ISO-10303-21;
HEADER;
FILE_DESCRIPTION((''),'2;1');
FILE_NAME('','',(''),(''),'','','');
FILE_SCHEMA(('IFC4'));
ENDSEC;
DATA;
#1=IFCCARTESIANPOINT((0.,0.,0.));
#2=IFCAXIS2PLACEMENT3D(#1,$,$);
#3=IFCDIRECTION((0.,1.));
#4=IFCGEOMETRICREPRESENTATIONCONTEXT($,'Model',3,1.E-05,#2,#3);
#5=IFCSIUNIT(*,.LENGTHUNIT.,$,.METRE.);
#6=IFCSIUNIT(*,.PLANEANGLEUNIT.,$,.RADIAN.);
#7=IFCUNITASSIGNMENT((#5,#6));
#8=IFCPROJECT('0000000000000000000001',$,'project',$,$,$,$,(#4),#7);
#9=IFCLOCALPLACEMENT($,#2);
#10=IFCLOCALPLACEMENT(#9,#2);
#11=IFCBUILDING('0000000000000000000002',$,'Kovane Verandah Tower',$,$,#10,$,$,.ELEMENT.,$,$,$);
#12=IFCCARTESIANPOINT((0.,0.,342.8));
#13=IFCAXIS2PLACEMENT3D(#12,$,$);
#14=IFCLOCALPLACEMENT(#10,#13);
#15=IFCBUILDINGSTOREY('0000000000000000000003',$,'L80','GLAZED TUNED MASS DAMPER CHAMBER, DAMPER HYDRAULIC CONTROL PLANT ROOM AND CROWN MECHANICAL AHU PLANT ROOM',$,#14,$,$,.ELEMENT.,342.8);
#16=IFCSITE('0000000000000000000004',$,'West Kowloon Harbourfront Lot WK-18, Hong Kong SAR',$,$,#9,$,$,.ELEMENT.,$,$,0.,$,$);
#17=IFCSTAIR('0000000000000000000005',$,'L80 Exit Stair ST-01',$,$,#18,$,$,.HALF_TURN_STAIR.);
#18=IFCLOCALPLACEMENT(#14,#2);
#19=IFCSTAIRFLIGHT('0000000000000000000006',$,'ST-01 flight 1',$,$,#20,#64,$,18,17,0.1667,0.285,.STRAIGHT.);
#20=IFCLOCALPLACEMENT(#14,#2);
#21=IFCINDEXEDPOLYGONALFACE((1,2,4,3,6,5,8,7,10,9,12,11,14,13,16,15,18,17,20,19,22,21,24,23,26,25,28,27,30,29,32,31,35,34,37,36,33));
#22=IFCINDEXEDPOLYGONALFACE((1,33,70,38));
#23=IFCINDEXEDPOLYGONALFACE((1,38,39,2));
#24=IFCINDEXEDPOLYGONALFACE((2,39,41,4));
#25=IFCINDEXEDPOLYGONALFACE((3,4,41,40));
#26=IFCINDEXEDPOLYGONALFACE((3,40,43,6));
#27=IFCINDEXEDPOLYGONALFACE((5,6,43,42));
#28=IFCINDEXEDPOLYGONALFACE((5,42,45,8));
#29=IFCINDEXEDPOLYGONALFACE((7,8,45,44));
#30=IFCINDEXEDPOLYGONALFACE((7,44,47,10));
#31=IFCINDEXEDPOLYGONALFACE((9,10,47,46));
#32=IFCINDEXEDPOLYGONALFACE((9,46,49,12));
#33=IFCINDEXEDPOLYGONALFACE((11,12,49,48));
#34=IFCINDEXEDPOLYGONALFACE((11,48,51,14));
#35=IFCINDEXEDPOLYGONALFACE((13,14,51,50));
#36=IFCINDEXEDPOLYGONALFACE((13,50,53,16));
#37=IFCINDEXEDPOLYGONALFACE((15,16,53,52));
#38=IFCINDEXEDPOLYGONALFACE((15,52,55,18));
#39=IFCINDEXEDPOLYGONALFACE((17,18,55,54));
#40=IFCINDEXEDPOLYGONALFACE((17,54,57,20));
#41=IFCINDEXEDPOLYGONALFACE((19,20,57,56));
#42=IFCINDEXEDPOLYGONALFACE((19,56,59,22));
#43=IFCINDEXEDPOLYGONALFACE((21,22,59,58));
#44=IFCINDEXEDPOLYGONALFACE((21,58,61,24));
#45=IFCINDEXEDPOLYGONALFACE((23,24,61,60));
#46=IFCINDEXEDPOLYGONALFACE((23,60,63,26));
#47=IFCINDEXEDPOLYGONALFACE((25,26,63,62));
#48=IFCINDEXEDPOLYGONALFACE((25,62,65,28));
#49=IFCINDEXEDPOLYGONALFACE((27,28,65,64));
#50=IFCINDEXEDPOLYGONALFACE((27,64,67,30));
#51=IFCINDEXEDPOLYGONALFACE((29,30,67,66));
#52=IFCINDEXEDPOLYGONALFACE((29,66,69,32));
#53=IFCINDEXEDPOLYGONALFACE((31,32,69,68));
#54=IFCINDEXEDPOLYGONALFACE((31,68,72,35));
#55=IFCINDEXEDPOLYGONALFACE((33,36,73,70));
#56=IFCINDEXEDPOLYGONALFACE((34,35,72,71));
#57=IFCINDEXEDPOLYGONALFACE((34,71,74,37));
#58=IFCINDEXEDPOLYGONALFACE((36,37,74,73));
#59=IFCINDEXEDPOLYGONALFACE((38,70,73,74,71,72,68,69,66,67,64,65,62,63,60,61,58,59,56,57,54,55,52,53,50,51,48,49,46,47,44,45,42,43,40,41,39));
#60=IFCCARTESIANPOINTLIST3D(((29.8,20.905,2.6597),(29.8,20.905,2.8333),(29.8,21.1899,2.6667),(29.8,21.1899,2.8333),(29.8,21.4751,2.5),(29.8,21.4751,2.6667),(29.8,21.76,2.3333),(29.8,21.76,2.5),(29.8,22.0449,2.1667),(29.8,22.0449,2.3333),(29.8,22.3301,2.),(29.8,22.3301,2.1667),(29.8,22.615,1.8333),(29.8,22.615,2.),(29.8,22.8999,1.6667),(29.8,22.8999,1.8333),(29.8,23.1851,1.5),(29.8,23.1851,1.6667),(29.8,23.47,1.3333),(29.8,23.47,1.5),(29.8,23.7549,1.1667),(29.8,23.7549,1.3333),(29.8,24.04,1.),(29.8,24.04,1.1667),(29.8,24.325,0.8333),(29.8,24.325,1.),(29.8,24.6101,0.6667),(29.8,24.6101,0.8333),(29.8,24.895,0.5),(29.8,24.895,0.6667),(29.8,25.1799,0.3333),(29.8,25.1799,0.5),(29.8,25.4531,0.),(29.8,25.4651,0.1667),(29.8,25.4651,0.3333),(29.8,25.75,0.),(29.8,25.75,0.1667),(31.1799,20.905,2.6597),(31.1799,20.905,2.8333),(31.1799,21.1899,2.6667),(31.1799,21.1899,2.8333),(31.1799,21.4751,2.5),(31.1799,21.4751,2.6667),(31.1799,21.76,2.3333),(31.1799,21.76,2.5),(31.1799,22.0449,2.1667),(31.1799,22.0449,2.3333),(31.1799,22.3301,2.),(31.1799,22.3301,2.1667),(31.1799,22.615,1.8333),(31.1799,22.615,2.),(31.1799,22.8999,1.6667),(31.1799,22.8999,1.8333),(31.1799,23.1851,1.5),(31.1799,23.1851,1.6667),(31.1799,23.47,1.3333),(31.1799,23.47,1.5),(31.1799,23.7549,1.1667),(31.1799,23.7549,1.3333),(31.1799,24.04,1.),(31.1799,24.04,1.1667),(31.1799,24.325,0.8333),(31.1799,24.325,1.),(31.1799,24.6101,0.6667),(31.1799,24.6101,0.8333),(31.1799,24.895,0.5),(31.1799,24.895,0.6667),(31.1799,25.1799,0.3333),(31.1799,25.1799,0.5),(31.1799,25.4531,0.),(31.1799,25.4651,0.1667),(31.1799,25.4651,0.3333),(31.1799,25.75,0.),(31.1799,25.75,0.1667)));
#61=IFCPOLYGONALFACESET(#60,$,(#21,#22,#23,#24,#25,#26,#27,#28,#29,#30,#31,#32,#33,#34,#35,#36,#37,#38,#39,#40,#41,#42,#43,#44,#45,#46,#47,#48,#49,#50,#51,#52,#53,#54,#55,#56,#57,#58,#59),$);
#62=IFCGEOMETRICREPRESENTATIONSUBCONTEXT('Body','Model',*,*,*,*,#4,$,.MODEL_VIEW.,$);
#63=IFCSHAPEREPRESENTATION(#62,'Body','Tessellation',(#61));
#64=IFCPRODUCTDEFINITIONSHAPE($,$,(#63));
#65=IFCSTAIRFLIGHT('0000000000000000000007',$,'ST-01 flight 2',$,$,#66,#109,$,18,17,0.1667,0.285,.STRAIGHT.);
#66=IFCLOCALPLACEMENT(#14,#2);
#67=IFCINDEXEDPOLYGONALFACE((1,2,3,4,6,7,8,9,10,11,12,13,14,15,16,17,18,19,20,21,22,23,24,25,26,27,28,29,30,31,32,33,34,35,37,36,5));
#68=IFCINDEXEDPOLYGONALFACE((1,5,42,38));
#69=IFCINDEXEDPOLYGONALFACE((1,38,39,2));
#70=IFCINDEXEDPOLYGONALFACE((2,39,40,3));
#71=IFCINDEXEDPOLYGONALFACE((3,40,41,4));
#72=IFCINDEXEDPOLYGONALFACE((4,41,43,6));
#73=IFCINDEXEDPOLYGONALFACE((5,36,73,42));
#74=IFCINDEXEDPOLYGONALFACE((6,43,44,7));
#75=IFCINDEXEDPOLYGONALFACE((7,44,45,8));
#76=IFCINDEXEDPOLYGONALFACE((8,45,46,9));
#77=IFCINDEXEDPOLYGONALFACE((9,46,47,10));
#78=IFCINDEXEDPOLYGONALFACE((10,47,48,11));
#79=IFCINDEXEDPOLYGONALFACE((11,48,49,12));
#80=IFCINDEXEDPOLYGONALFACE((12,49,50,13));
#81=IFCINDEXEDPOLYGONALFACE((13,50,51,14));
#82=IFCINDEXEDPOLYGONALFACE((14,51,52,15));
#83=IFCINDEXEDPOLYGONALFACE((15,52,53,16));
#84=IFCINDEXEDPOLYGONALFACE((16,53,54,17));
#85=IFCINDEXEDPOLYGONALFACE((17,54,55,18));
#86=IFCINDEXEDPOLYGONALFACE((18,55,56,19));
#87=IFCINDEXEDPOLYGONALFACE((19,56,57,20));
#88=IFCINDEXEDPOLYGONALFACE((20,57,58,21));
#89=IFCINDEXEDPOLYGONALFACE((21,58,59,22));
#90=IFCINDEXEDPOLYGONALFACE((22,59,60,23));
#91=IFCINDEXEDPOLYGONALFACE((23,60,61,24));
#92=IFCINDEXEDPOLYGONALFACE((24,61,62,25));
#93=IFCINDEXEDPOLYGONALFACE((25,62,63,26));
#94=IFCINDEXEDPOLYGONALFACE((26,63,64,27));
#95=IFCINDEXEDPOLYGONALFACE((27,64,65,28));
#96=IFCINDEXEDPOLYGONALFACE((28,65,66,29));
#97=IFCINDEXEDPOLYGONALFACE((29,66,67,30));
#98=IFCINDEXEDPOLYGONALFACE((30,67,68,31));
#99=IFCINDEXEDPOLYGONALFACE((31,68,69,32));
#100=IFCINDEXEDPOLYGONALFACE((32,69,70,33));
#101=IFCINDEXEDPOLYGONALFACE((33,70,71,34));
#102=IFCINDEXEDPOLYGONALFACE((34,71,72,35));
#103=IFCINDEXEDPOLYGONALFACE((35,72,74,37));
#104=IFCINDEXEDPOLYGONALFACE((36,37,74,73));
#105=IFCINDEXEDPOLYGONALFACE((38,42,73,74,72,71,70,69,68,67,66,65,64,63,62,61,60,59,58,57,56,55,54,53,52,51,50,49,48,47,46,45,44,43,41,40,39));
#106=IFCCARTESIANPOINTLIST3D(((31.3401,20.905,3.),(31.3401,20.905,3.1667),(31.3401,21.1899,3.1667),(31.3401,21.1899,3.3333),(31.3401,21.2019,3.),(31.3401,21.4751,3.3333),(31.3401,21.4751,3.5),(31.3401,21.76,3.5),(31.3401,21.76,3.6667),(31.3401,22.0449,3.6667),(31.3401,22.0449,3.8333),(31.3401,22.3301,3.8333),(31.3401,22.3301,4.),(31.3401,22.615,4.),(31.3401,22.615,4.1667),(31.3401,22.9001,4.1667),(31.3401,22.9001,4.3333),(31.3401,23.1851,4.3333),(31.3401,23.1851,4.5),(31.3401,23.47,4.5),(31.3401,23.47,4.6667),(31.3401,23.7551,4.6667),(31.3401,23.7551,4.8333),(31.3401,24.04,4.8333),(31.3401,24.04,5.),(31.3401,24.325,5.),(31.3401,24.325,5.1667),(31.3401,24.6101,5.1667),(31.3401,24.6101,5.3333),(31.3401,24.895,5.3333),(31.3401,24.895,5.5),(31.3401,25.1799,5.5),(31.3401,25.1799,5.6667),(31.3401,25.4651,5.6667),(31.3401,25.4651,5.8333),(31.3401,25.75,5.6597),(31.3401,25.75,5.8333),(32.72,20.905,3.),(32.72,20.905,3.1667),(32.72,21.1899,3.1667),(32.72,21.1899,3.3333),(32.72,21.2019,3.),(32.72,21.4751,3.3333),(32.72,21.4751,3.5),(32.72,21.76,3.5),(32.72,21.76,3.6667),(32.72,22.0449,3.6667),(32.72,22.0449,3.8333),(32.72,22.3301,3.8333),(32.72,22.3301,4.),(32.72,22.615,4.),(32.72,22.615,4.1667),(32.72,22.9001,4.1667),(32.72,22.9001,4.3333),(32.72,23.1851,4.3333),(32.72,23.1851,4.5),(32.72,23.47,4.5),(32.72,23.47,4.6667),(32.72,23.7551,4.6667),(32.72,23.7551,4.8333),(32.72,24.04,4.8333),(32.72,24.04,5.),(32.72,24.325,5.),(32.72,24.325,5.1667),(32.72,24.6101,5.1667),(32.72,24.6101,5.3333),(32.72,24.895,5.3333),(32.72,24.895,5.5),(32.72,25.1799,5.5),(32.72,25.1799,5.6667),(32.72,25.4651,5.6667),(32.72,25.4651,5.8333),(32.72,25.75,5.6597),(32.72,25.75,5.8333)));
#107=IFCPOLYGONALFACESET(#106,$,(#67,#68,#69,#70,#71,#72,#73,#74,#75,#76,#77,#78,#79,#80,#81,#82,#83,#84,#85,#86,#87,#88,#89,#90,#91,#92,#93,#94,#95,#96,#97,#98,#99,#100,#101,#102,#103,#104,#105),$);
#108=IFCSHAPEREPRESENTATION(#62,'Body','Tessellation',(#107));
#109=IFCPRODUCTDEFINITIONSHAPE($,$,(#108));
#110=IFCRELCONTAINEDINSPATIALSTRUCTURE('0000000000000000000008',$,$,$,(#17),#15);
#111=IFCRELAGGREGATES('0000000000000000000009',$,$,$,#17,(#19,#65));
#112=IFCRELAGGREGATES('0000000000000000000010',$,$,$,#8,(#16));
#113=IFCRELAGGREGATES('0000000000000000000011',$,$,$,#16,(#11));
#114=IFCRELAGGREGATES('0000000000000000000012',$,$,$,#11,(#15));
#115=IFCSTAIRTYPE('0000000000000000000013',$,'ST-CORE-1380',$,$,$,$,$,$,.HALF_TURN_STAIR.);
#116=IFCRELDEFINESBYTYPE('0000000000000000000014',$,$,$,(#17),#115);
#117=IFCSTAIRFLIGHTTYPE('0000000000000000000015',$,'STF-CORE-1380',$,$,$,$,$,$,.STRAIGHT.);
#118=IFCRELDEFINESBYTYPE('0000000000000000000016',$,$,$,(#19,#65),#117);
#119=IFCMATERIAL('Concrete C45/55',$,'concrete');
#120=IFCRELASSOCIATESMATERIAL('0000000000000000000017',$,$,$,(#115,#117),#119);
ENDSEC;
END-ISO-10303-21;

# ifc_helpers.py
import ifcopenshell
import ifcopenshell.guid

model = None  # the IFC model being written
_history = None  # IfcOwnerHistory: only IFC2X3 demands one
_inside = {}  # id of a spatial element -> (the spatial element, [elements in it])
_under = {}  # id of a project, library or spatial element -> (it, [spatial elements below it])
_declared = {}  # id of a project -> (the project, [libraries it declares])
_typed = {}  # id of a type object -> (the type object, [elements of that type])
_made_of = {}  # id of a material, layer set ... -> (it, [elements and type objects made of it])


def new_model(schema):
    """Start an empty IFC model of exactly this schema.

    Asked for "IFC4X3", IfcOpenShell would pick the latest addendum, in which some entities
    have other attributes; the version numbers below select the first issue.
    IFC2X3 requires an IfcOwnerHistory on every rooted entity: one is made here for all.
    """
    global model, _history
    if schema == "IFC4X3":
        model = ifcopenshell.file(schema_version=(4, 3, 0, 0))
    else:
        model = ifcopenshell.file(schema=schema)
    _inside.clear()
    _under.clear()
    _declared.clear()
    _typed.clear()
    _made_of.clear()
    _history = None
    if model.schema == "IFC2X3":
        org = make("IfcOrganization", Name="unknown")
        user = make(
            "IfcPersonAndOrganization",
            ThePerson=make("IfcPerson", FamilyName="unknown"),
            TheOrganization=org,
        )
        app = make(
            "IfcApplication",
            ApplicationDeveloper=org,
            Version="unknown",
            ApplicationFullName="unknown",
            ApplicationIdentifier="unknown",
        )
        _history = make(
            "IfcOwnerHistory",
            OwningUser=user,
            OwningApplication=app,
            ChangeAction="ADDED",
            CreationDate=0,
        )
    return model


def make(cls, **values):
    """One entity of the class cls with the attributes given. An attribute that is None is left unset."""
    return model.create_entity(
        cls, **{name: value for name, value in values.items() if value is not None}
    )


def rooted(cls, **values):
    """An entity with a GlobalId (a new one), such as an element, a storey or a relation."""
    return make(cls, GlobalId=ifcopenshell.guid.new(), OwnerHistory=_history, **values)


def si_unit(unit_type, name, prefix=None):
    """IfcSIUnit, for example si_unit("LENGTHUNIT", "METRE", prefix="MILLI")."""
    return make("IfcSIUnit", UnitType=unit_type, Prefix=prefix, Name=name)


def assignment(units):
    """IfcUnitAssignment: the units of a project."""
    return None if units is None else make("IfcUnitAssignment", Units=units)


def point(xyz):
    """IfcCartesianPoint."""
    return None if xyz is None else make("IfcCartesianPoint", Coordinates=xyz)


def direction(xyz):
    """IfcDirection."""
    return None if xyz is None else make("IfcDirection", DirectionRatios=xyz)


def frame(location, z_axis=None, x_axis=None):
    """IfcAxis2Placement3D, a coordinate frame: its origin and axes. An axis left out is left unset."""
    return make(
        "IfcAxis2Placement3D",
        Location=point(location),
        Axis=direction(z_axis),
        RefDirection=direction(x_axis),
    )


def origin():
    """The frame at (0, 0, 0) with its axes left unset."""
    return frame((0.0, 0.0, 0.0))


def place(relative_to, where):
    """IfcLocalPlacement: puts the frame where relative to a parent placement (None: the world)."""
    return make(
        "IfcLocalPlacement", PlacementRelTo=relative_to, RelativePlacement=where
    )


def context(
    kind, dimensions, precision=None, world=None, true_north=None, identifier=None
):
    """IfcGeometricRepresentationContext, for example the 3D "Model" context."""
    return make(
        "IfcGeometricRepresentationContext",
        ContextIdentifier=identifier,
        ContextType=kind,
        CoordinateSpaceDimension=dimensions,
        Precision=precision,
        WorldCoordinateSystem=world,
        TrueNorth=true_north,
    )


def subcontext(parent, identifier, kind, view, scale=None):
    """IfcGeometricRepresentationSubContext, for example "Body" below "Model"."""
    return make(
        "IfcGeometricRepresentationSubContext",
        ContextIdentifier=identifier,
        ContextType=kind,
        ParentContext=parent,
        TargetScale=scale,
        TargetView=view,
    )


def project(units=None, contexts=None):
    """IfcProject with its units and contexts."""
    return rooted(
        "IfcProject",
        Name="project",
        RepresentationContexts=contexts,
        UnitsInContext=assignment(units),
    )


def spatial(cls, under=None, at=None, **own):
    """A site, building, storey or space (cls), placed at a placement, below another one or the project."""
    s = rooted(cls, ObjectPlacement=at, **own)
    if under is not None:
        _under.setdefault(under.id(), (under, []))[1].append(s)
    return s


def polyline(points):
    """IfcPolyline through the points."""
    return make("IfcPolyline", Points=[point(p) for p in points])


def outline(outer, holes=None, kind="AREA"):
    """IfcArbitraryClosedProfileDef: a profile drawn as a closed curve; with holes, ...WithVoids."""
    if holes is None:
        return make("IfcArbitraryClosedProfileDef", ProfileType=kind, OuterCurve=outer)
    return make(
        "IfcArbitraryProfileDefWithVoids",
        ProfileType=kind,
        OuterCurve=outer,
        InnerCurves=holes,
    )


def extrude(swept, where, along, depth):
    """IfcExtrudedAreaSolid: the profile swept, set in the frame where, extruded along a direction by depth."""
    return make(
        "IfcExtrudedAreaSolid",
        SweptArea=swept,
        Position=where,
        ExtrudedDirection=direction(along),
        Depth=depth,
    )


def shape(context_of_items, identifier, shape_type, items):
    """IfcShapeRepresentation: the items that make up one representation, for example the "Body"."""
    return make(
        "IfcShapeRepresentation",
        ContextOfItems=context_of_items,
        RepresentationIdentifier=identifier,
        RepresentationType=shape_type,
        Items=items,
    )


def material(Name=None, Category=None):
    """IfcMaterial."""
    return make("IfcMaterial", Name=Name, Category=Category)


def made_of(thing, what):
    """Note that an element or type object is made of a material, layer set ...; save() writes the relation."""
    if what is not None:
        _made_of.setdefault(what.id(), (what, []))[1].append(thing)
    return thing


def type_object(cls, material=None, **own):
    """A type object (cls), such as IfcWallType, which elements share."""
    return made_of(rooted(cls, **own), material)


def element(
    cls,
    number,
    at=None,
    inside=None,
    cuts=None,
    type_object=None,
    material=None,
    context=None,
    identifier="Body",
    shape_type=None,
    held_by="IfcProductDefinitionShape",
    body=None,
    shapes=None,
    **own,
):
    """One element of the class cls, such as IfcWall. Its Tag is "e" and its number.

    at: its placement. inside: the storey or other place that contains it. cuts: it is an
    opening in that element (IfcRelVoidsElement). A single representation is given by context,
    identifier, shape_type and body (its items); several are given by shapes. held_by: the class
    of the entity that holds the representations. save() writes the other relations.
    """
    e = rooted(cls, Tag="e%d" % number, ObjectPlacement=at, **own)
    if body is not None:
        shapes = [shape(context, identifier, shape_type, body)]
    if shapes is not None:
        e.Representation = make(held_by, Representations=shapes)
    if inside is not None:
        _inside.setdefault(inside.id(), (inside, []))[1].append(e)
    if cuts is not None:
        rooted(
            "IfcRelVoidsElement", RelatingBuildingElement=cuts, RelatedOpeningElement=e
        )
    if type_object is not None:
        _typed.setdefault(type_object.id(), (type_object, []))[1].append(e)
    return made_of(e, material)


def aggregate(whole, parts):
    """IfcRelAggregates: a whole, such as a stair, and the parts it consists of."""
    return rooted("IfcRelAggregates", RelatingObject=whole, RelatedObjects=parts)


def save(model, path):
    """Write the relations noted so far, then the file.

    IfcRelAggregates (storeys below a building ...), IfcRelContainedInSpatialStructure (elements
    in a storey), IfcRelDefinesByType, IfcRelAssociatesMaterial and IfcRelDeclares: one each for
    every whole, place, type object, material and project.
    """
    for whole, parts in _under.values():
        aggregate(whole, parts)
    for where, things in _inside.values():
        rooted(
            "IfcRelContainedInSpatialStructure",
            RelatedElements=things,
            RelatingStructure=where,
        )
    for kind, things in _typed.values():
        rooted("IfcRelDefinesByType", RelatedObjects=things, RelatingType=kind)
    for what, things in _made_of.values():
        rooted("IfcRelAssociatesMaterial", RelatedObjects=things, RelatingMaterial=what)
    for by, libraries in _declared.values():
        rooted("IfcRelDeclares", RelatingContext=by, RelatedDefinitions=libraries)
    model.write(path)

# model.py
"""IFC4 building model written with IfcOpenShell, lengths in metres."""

from ifc_helpers import new_model, si_unit, direction, frame, origin, place, context, subcontext, project, spatial, polyline, outline, extrude, material, type_object, element, aggregate, save


model = new_model("IFC4")

# Units and contexts
model_context = context("Model", 3, precision=1e-05, world=origin(), true_north=direction((0.0, 1.0)))
body_context = subcontext(model_context, "Body", "Model", "MODEL_VIEW")
ifc_project = project(units=[si_unit("LENGTHUNIT", "METRE"), si_unit("PLANEANGLEUNIT", "RADIAN")], contexts=[model_context])

# Site, building, storey
site_placement = place(None, origin())
site = spatial("IfcSite", under=ifc_project, at=site_placement, Name="West Kowloon Harbourfront Lot WK-18, Hong Kong SAR", CompositionType="ELEMENT", RefElevation=0.0)
building_placement = place(site_placement, origin())
building = spatial("IfcBuilding", under=site, at=building_placement, Name="Kovane Verandah Tower", CompositionType="ELEMENT")
storey_placement = place(building_placement, frame((0.0, 0.0, 342.8)))
storey = spatial("IfcBuildingStorey", under=building, at=storey_placement, Name="L80", Description="GLAZED TUNED MASS DAMPER CHAMBER, DAMPER HYDRAULIC CONTROL PLANT ROOM AND CROWN MECHANICAL AHU PLANT ROOM", CompositionType="ELEMENT", Elevation=342.8)

# Shared definitions
ifc_material_1 = material(Name="Concrete C45/55", Category="concrete")

# Stair, stair flights
stair_type = type_object("IfcStairType", Name="ST-CORE-1380", PredefinedType="HALF_TURN_STAIR", material=ifc_material_1)
stair_placement = place(storey_placement, origin())
stair = element("IfcStair", 1, at=stair_placement, inside=storey, type_object=stair_type, Name="L80 Exit Stair ST-01", PredefinedType="HALF_TURN_STAIR")
stair_flight_type = type_object("IfcStairFlightType", Name="STF-CORE-1380", PredefinedType="STRAIGHT", material=ifc_material_1)
stair_flight_1_placement = place(storey_placement, frame((30.49, 25.75, 0.0), z_axis=(0.0, 0.0, 1.0), x_axis=(0.0, -1.0, 0.0)))
stair_flight_1 = element("IfcStairFlight", 2, at=stair_flight_1_placement, type_object=stair_flight_type, Name="ST-01 flight 1", NumberOfRisers=18, NumberOfTreads=17, PredefinedType="STRAIGHT", RiserHeight=0.1667, TreadLength=0.285, context=body_context, shape_type="SweptSolid", body=[
    extrude(outline(polyline([(0.0, 0.0), (0.0, 0.1667), (0.2849, 0.1667), (0.2849, 0.3333), (0.5701, 0.3333), (0.5701, 0.5), (0.855, 0.5), (0.855, 0.6667), (1.1399, 0.6667), (1.1399, 0.8333), (1.425, 0.8333), (1.425, 1.0), (1.71, 1.0), (1.71, 1.1667), (1.9951, 1.1667), (1.9951, 1.3333), (2.28, 1.3333), (2.28, 1.5), (2.5649, 1.5), (2.5649, 1.6667), (2.8501, 1.6667), (2.8501, 1.8333), (3.135, 1.8333), (3.135, 2.0), (3.4199, 2.0), (3.4199, 2.1667), (3.7051, 2.1667), (3.7051, 2.3333), (3.99, 2.3333), (3.99, 2.5), (4.2749, 2.5), (4.2749, 2.6667), (4.5601, 2.6667), (4.5601, 2.8333), (4.845, 2.8333), (4.845, 3.0), (4.845, 2.6597), (0.2969, 0.0), (0.0, 0.0)])), frame((0.0, 0.6899, 0.0), z_axis=(0.0, -1.0, 0.0), x_axis=(1.0, 0.0, 0.0)), (0.0, 0.0, 1.0), 1.3799),
])
stair_flight_2_placement = place(storey_placement, frame((32.03, 20.905, 3.0), z_axis=(0.0, 0.0, 1.0), x_axis=(0.0, 1.0, 0.0)))
stair_flight_2 = element("IfcStairFlight", 3, at=stair_flight_2_placement, type_object=stair_flight_type, Name="ST-01 flight 2", NumberOfRisers=18, NumberOfTreads=17, PredefinedType="STRAIGHT", RiserHeight=0.1667, TreadLength=0.285, context=body_context, shape_type="SweptSolid", body=[
    extrude(outline(polyline([(0.0, 0.0), (0.0, 0.1667), (0.2849, 0.1667), (0.2849, 0.3333), (0.5701, 0.3333), (0.5701, 0.5), (0.855, 0.5), (0.855, 0.6667), (1.1399, 0.6667), (1.1399, 0.8333), (1.425, 0.8333), (1.425, 1.0), (1.71, 1.0), (1.71, 1.1667), (1.9951, 1.1667), (1.9951, 1.3333), (2.28, 1.3333), (2.28, 1.5), (2.5649, 1.5), (2.5649, 1.6667), (2.8501, 1.6667), (2.8501, 1.8333), (3.135, 1.8333), (3.135, 2.0), (3.4199, 2.0), (3.4199, 2.1667), (3.7051, 2.1667), (3.7051, 2.3333), (3.99, 2.3333), (3.99, 2.5), (4.2749, 2.5), (4.2749, 2.6667), (4.5601, 2.6667), (4.5601, 2.8333), (4.845, 2.8333), (4.845, 3.0), (4.845, 2.6597), (0.2969, 0.0), (0.0, 0.0)])), frame((0.0, 0.6899, 0.0), z_axis=(0.0, -1.0, 0.0), x_axis=(1.0, 0.0, 0.0)), (0.0, 0.0, 1.0), 1.3799),
])
aggregate(stair, [stair_flight_1, stair_flight_2])

save(model, "model.ifc")
